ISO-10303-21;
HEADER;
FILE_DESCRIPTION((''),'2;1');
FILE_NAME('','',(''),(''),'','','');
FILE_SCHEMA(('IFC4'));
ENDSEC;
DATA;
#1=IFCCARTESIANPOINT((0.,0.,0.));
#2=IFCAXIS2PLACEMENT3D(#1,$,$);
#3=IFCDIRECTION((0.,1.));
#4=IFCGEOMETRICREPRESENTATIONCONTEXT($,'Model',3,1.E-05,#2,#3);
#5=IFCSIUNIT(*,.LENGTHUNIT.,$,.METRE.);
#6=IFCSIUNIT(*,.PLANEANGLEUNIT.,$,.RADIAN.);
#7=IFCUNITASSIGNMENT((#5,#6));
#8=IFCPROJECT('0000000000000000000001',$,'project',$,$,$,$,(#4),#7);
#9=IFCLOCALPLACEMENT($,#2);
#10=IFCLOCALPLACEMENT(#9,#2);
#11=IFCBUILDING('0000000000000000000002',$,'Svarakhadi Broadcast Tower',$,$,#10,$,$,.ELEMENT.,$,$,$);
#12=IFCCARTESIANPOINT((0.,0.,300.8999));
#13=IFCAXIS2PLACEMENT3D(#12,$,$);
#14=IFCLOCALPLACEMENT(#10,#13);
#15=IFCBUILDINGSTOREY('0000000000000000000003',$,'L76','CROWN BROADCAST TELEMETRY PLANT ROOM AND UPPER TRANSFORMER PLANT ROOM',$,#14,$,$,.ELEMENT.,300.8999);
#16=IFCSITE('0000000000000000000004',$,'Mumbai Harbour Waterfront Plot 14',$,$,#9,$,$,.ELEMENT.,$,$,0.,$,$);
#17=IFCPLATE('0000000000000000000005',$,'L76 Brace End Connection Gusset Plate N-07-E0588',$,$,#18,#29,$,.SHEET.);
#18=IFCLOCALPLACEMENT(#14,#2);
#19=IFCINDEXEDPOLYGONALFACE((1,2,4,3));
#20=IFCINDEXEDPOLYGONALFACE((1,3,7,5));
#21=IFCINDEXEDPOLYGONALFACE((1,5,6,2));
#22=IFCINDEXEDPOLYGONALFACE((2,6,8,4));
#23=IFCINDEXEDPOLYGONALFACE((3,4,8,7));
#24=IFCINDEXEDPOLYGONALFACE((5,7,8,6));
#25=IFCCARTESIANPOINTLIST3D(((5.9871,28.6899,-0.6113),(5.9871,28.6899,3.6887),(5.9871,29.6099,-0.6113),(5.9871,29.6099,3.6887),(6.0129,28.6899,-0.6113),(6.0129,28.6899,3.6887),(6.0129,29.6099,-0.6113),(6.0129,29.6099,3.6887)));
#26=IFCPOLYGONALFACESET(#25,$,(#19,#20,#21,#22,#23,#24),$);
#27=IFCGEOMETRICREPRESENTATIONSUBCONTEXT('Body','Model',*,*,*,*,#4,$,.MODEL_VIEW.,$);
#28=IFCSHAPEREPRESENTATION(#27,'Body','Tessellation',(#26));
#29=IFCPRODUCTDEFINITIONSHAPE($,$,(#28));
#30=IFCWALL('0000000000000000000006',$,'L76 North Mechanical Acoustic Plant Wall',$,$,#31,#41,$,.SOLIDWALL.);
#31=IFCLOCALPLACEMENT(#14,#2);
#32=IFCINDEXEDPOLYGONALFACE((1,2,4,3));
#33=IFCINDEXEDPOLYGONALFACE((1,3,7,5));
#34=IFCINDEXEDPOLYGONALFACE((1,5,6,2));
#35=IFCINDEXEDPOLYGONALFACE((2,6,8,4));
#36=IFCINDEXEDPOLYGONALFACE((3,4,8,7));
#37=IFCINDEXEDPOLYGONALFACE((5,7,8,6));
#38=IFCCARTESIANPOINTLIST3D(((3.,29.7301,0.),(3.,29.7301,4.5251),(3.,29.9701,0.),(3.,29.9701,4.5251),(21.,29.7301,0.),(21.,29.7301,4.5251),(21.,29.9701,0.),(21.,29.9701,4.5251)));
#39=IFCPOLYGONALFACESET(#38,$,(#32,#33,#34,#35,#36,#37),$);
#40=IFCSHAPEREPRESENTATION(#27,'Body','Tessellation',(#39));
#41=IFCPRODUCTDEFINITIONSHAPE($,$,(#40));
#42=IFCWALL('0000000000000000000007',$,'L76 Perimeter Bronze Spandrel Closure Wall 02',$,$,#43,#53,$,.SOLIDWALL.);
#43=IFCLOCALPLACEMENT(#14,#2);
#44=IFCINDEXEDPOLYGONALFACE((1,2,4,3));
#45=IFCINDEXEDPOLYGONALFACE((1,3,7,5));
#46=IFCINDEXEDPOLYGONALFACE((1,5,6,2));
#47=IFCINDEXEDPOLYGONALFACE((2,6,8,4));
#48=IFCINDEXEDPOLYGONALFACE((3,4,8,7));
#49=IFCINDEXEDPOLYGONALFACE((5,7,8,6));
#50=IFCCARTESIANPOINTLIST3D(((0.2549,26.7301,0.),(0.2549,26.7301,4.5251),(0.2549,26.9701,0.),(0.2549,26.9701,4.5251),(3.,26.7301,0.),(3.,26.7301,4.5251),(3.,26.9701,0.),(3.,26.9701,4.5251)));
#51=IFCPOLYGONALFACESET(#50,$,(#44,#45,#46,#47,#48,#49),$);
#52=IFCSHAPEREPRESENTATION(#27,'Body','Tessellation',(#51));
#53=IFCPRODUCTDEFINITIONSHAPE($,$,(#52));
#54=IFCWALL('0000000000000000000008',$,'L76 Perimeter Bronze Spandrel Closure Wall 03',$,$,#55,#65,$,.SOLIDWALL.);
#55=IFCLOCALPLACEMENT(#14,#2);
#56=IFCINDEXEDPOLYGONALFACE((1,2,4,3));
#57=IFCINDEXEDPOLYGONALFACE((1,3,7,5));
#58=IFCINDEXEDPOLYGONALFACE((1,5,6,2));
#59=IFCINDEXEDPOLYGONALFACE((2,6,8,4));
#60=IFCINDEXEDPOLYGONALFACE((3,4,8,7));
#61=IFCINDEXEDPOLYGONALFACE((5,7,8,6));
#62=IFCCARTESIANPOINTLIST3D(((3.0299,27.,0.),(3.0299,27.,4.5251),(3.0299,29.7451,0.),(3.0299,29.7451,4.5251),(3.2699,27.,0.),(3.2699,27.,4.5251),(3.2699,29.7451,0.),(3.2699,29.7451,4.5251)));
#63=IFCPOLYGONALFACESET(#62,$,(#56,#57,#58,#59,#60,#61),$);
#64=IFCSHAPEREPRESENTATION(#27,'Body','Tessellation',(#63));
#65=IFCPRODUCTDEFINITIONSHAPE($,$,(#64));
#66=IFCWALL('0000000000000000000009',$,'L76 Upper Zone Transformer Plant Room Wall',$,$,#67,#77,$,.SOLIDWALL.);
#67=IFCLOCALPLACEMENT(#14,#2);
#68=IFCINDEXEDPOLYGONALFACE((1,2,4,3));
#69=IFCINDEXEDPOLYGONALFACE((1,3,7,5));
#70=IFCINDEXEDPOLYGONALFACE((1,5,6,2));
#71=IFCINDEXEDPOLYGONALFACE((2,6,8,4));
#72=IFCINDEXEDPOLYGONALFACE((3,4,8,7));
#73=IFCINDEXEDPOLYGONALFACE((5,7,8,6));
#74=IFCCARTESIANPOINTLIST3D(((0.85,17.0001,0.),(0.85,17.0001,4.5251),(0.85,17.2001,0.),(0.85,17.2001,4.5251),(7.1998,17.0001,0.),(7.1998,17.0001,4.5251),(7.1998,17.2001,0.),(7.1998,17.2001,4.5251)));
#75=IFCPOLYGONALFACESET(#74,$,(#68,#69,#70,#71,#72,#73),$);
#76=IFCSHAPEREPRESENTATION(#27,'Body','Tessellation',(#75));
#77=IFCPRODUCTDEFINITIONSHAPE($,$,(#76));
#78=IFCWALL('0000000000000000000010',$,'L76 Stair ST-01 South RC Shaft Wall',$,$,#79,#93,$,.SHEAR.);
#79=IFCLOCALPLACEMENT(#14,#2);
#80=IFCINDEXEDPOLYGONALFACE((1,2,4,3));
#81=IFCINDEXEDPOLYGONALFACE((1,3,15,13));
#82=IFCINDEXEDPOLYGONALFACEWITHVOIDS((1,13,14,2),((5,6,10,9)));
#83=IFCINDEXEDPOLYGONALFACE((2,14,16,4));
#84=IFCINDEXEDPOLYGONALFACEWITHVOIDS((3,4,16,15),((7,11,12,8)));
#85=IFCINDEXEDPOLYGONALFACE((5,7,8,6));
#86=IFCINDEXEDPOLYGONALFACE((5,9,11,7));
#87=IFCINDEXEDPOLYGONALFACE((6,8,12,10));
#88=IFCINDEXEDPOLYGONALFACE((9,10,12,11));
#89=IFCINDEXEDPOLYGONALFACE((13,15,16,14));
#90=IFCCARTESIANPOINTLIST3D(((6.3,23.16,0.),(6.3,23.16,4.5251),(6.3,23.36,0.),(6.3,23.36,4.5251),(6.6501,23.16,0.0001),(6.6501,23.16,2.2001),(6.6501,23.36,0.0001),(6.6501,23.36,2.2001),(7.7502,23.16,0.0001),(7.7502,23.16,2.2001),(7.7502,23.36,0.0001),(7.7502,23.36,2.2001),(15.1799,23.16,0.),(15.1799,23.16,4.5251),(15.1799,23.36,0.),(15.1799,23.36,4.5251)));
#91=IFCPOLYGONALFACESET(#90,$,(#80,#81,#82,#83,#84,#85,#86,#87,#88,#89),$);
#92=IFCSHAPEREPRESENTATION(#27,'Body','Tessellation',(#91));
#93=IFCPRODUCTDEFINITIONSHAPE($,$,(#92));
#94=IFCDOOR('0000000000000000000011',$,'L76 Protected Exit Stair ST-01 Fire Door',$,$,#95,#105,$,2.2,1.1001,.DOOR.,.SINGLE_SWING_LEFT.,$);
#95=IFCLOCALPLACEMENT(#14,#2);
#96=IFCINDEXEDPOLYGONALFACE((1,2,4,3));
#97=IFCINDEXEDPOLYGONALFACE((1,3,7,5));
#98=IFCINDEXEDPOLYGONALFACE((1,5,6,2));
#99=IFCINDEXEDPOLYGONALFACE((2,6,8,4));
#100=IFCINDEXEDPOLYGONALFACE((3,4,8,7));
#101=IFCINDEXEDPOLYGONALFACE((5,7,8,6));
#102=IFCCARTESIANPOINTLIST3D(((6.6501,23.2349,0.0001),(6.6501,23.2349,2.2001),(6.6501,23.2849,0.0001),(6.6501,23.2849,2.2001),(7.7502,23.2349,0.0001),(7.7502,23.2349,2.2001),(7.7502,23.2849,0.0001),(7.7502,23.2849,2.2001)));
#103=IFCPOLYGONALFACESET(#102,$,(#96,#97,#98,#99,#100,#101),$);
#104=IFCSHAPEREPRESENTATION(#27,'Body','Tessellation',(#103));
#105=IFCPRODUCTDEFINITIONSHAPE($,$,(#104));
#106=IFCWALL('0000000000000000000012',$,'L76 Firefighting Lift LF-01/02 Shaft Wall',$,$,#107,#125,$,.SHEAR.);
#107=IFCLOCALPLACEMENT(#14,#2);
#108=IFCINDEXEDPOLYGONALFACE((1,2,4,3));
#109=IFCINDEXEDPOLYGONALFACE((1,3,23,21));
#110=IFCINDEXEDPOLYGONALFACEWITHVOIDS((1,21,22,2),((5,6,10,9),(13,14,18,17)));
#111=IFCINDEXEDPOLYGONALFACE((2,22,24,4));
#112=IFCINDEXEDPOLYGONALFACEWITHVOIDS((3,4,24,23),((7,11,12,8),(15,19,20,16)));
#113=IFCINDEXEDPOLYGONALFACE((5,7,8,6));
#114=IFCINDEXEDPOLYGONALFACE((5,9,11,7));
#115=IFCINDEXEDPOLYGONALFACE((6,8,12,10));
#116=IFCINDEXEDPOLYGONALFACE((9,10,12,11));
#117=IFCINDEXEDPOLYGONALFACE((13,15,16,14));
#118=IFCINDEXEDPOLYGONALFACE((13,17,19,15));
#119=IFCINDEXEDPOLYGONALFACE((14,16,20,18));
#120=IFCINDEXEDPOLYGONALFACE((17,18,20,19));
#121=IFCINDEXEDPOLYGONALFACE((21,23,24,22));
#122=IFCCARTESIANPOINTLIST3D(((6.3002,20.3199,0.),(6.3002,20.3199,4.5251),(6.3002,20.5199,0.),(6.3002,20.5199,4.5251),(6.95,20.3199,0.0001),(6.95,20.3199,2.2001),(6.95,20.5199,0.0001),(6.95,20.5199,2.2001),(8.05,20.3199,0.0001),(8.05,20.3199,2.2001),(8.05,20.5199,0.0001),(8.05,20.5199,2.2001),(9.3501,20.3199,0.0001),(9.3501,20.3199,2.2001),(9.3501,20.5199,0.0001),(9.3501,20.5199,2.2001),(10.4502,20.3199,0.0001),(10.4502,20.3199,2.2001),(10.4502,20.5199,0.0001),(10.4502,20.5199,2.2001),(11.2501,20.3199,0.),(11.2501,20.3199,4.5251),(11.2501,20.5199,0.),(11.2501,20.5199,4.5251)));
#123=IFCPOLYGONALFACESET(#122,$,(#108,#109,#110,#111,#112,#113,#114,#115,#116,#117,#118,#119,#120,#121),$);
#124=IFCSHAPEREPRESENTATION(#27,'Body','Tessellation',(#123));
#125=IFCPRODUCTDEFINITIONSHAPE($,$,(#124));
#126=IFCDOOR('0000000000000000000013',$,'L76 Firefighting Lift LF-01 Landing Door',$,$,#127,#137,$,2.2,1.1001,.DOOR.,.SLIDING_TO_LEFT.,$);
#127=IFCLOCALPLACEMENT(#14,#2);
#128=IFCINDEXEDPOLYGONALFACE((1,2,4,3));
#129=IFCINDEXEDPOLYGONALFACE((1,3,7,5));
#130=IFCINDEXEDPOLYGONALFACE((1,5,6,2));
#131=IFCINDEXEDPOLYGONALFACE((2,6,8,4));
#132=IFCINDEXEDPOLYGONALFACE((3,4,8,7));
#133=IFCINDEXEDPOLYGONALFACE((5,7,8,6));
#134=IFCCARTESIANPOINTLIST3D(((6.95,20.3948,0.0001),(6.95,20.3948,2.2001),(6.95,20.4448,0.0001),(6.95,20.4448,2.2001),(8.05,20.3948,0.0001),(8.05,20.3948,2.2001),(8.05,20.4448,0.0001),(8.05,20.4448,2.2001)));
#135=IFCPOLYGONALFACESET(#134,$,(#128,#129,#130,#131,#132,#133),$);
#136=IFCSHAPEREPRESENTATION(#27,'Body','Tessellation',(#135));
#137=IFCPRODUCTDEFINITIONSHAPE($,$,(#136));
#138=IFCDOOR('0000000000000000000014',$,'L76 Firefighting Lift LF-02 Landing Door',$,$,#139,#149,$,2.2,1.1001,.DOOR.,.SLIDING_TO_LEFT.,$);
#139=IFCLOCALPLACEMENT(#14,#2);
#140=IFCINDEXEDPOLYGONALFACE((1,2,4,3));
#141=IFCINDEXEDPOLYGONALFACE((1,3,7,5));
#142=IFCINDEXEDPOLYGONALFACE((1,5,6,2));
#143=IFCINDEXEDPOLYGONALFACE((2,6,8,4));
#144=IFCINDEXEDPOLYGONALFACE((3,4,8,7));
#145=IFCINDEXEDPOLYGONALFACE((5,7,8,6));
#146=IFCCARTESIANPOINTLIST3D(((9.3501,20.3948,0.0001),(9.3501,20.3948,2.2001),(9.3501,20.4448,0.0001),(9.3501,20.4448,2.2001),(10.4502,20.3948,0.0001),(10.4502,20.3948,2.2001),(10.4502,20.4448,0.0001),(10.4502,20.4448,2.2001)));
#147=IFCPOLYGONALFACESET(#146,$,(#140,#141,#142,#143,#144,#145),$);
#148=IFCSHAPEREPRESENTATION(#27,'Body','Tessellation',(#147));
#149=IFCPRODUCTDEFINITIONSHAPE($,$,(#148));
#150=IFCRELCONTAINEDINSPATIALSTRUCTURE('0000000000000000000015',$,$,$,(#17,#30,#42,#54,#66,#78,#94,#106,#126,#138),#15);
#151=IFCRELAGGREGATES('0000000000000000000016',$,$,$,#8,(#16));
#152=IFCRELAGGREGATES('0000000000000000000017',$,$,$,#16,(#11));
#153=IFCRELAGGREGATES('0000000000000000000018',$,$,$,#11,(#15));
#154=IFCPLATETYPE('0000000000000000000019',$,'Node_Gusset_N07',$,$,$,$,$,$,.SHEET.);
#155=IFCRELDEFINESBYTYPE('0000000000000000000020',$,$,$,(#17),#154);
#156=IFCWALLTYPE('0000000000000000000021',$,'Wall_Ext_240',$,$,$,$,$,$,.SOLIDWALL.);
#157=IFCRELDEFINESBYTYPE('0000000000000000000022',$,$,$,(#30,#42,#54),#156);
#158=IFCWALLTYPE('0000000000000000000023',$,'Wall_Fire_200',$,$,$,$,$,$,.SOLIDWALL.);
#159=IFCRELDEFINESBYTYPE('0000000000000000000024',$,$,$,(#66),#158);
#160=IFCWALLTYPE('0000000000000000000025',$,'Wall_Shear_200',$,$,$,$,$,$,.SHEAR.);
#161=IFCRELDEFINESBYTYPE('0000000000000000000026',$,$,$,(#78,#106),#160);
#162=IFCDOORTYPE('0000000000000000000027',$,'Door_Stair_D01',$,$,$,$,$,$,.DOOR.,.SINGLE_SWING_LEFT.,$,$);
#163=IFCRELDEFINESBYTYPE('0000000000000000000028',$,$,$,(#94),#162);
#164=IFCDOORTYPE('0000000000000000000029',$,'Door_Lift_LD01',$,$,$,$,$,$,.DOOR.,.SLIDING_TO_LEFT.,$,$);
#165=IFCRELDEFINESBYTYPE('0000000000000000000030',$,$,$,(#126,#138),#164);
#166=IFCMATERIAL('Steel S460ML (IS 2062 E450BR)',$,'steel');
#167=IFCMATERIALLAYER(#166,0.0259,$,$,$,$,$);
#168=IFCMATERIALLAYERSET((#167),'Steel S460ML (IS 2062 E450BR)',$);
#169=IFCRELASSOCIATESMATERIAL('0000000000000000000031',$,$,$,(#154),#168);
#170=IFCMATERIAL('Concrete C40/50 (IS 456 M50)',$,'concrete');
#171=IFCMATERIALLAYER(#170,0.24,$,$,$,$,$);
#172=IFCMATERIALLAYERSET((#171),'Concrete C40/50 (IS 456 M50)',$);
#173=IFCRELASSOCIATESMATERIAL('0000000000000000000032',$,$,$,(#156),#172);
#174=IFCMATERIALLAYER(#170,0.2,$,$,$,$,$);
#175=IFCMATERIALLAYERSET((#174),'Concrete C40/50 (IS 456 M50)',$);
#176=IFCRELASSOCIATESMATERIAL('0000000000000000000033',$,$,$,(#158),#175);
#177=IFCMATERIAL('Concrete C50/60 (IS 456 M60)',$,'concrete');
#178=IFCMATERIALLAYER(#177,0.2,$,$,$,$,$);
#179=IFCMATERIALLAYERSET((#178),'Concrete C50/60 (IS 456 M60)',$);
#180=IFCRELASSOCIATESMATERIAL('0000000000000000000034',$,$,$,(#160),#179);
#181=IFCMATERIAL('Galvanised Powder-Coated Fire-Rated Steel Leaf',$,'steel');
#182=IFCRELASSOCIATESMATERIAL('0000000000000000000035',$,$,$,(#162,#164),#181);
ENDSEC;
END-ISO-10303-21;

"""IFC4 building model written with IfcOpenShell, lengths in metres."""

from ifc_helpers import new_model, si_unit, direction, frame, frame_2d, origin, origin_2d, place, context, subcontext, project, spatial, rectangle, extrude, material, layer, layer_set, type_object, element, fill, save


model = new_model("IFC4")

# Units and contexts
model_context = context("Model", 3, precision=1e-05, world=origin(), true_north=direction((0.0, 1.0)))
body_context = subcontext(model_context, "Body", "Model", "MODEL_VIEW")
ifc_project = project(units=[si_unit("LENGTHUNIT", "METRE"), si_unit("PLANEANGLEUNIT", "RADIAN")], contexts=[model_context])

# Site, building, storey
site_placement = place(None, origin())
site = spatial("IfcSite", under=ifc_project, at=site_placement, Name="Mumbai Harbour Waterfront Plot 14", CompositionType="ELEMENT", RefElevation=0.0)
building_placement = place(site_placement, origin())
building = spatial("IfcBuilding", under=site, at=building_placement, Name="Svarakhadi Broadcast Tower", CompositionType="ELEMENT")
storey_placement = place(building_placement, frame((0.0, 0.0, 300.8999)))
storey = spatial("IfcBuildingStorey", under=building, at=storey_placement, Name="L76", Description="CROWN BROADCAST TELEMETRY PLANT ROOM AND UPPER TRANSFORMER PLANT ROOM", CompositionType="ELEMENT", Elevation=300.8999)

# Shared definitions
ifc_material_1 = material(Name="Concrete C50/60 (IS 456 M60)", Category="concrete")
ifc_material_2 = material(Name="Steel S460ML (IS 2062 E450BR)", Category="steel")

# Plate
ifc_layer_1 = layer(ifc_material_2, 0.0259)
ifc_layer_set_1 = layer_set([ifc_layer_1], Name="Steel S460ML (IS 2062 E450BR)")
plate_type_1 = type_object("IfcPlateType", Name="Node_Gusset_N07", PredefinedType="SHEET", material=ifc_layer_set_1)
for number, where, z_axis, x_axis, name in (
    (1, (6.0, 29.1499, -0.6113), (0.0, 0.0, 1.0), (0.0, 1.0, 0.0), "L76 Brace End Connection Gusset Plate N-07-E0588"),
):
    element("IfcPlate", number, at=place(storey_placement, frame(where, z_axis=z_axis, x_axis=x_axis)), inside=storey, type_object=plate_type_1, Name=name, PredefinedType="SHEET", context=body_context, shape_type="SweptSolid", body=[
        extrude(rectangle(XDim=0.9199, YDim=0.0259, at=origin_2d()), origin(), (0.0, 0.0, 1.0), 4.3),
    ])

# Walls
ifc_material_3 = material(Name="Concrete C40/50 (IS 456 M50)", Category="concrete")
ifc_layer_2 = layer(ifc_material_3, 0.24)
ifc_layer_set_2 = layer_set([ifc_layer_2], Name="Concrete C40/50 (IS 456 M50)")
wall_type_1 = type_object("IfcWallType", Name="Wall_Ext_240", PredefinedType="SOLIDWALL", material=ifc_layer_set_2)
wall_1_placement = place(storey_placement, frame((3.0, 29.8501, 0.0), z_axis=(0.0, 0.0, 1.0), x_axis=(1.0, 0.0, 0.0)))
element("IfcWall", 2, at=wall_1_placement, inside=storey, type_object=wall_type_1, Name="L76 North Mechanical Acoustic Plant Wall", PredefinedType="SOLIDWALL", context=body_context, shape_type="SweptSolid", body=[
    extrude(rectangle(XDim=18.0, YDim=0.24, at=frame_2d((9.0, 0.0))), origin(), (0.0, 0.0, 1.0), 4.5251),
])
for number, where, z_axis, x_axis, name in (
    (3, (0.2549, 26.8501, 0.0), (0.0, 0.0, 1.0), (1.0, 0.0, 0.0), "L76 Perimeter Bronze Spandrel Closure Wall 02"),
    (4, (3.1499, 27.0, 0.0), (0.0, 0.0, 1.0), (0.0, 1.0, 0.0), "L76 Perimeter Bronze Spandrel Closure Wall 03"),
):
    element("IfcWall", number, at=place(storey_placement, frame(where, z_axis=z_axis, x_axis=x_axis)), inside=storey, type_object=wall_type_1, Name=name, PredefinedType="SOLIDWALL", context=body_context, shape_type="SweptSolid", body=[
        extrude(rectangle(XDim=2.7451, YDim=0.24, at=frame_2d((1.3726, 0.0))), origin(), (0.0, 0.0, 1.0), 4.5251),
    ])
ifc_layer_3 = layer(ifc_material_3, 0.2)
ifc_layer_set_3 = layer_set([ifc_layer_3], Name="Concrete C40/50 (IS 456 M50)")
wall_type_2 = type_object("IfcWallType", Name="Wall_Fire_200", PredefinedType="SOLIDWALL", material=ifc_layer_set_3)
wall_2_placement = place(storey_placement, frame((0.8501, 17.1001, 0.0), z_axis=(0.0, 0.0, 1.0), x_axis=(1.0, 0.0, 0.0)))
element("IfcWall", 5, at=wall_2_placement, inside=storey, type_object=wall_type_2, Name="L76 Upper Zone Transformer Plant Room Wall", PredefinedType="SOLIDWALL", context=body_context, shape_type="SweptSolid", body=[
    extrude(rectangle(XDim=6.3499, YDim=0.2, at=frame_2d((3.1748, 0.0))), origin(), (0.0, 0.0, 1.0), 4.5251),
])

# Wall, opening, door
ifc_layer_4 = layer(ifc_material_1, 0.2)
ifc_layer_set_4 = layer_set([ifc_layer_4], Name="Concrete C50/60 (IS 456 M60)")
wall_type_3 = type_object("IfcWallType", Name="Wall_Shear_200", PredefinedType="SHEAR", material=ifc_layer_set_4)
wall_3_placement = place(storey_placement, frame((6.3, 23.26, 0.0), z_axis=(0.0, 0.0, 1.0), x_axis=(1.0, 0.0, 0.0)))
wall_3 = element("IfcWall", 6, at=wall_3_placement, inside=storey, type_object=wall_type_3, Name="L76 Stair ST-01 South RC Shaft Wall", PredefinedType="SHEAR", context=body_context, shape_type="SweptSolid", body=[
    extrude(rectangle(XDim=8.8799, YDim=0.2, at=frame_2d((4.4399, 0.0))), origin(), (0.0, 0.0, 1.0), 4.5251),
])
opening_1_placement = place(wall_3_placement, frame((0.3501, 0.0, 0.0)))
opening_1 = element("IfcOpeningElement", 7, at=opening_1_placement, cuts=wall_3, PredefinedType="OPENING", context=body_context, shape_type="SweptSolid", body=[
    extrude(rectangle(XDim=1.1001, YDim=2.2, at=frame_2d((0.55, 1.1001))), frame((0.0, 0.1099, 0.0), z_axis=(0.0, -1.0, 0.0), x_axis=(1.0, 0.0, 0.0)), (0.0, 0.0, 1.0), 0.22),
])
ifc_material_4 = material(Name="Galvanised Powder-Coated Fire-Rated Steel Leaf", Category="steel")
door_type_1 = type_object("IfcDoorType", Name="Door_Stair_D01", OperationType="SINGLE_SWING_LEFT", PredefinedType="DOOR", material=ifc_material_4)
door_1_placement = place(opening_1_placement, origin())
door_1 = element("IfcDoor", 8, at=door_1_placement, inside=storey, type_object=door_type_1, Name="L76 Protected Exit Stair ST-01 Fire Door", OperationType="SINGLE_SWING_LEFT", OverallHeight=2.2, OverallWidth=1.1001, PredefinedType="DOOR", context=body_context, shape_type="SweptSolid", body=[
    extrude(rectangle(XDim=1.1001, YDim=2.2, at=frame_2d((0.55, 1.1001))), frame((0.0, 0.0249, 0.0), z_axis=(0.0, -1.0, 0.0), x_axis=(1.0, 0.0, 0.0)), (0.0, 0.0, 1.0), 0.05),
])
fill(opening_1, door_1)

# Wall, openings, doors
wall_4_placement = place(storey_placement, frame((6.3, 20.4199, 0.0), z_axis=(0.0, 0.0, 1.0), x_axis=(1.0, 0.0, 0.0)))
wall_4 = element("IfcWall", 9, at=wall_4_placement, inside=storey, type_object=wall_type_3, Name="L76 Firefighting Lift LF-01/02 Shaft Wall", PredefinedType="SHEAR", context=body_context, shape_type="SweptSolid", body=[
    extrude(rectangle(XDim=4.95, YDim=0.2, at=frame_2d((2.4751, 0.0))), origin(), (0.0, 0.0, 1.0), 4.5251),
])
opening_2_placement = place(wall_4_placement, frame((0.6499, 0.0, 0.0)))
opening_2 = element("IfcOpeningElement", 10, at=opening_2_placement, cuts=wall_4, PredefinedType="OPENING", context=body_context, shape_type="SweptSolid", body=[
    extrude(rectangle(XDim=1.1001, YDim=2.2, at=frame_2d((0.55, 1.1001))), frame((0.0, 0.1099, 0.0), z_axis=(0.0, -1.0, 0.0), x_axis=(1.0, 0.0, 0.0)), (0.0, 0.0, 1.0), 0.22),
])
opening_3_placement = place(wall_4_placement, frame((3.05, 0.0, 0.0)))
opening_3 = element("IfcOpeningElement", 11, at=opening_3_placement, cuts=wall_4, PredefinedType="OPENING", context=body_context, shape_type="SweptSolid", body=[
    extrude(rectangle(XDim=1.1001, YDim=2.2, at=frame_2d((0.55, 1.1001))), frame((0.0, 0.1099, 0.0), z_axis=(0.0, -1.0, 0.0), x_axis=(1.0, 0.0, 0.0)), (0.0, 0.0, 1.0), 0.22),
])
door_type_2 = type_object("IfcDoorType", Name="Door_Lift_LD01", OperationType="SLIDING_TO_LEFT", PredefinedType="DOOR", material=ifc_material_4)
door_2_placement = place(opening_2_placement, origin())
door_2 = element("IfcDoor", 12, at=door_2_placement, inside=storey, type_object=door_type_2, Name="L76 Firefighting Lift LF-01 Landing Door", OperationType="SLIDING_TO_LEFT", OverallHeight=2.2, OverallWidth=1.1001, PredefinedType="DOOR", context=body_context, shape_type="SweptSolid", body=[
    extrude(rectangle(XDim=1.1001, YDim=2.2, at=frame_2d((0.55, 1.1001))), frame((0.0, 0.0249, 0.0), z_axis=(0.0, -1.0, 0.0), x_axis=(1.0, 0.0, 0.0)), (0.0, 0.0, 1.0), 0.05),
])
fill(opening_2, door_2)
door_3_placement = place(opening_3_placement, origin())
door_3 = element("IfcDoor", 13, at=door_3_placement, inside=storey, type_object=door_type_2, Name="L76 Firefighting Lift LF-02 Landing Door", OperationType="SLIDING_TO_LEFT", OverallHeight=2.2, OverallWidth=1.1001, PredefinedType="DOOR", context=body_context, shape_type="SweptSolid", body=[
    extrude(rectangle(XDim=1.1001, YDim=2.2, at=frame_2d((0.55, 1.1001))), frame((0.0, 0.0249, 0.0), z_axis=(0.0, -1.0, 0.0), x_axis=(1.0, 0.0, 0.0)), (0.0, 0.0, 1.0), 0.05),
])
fill(opening_3, door_3)

save(model, "model.ifc")
